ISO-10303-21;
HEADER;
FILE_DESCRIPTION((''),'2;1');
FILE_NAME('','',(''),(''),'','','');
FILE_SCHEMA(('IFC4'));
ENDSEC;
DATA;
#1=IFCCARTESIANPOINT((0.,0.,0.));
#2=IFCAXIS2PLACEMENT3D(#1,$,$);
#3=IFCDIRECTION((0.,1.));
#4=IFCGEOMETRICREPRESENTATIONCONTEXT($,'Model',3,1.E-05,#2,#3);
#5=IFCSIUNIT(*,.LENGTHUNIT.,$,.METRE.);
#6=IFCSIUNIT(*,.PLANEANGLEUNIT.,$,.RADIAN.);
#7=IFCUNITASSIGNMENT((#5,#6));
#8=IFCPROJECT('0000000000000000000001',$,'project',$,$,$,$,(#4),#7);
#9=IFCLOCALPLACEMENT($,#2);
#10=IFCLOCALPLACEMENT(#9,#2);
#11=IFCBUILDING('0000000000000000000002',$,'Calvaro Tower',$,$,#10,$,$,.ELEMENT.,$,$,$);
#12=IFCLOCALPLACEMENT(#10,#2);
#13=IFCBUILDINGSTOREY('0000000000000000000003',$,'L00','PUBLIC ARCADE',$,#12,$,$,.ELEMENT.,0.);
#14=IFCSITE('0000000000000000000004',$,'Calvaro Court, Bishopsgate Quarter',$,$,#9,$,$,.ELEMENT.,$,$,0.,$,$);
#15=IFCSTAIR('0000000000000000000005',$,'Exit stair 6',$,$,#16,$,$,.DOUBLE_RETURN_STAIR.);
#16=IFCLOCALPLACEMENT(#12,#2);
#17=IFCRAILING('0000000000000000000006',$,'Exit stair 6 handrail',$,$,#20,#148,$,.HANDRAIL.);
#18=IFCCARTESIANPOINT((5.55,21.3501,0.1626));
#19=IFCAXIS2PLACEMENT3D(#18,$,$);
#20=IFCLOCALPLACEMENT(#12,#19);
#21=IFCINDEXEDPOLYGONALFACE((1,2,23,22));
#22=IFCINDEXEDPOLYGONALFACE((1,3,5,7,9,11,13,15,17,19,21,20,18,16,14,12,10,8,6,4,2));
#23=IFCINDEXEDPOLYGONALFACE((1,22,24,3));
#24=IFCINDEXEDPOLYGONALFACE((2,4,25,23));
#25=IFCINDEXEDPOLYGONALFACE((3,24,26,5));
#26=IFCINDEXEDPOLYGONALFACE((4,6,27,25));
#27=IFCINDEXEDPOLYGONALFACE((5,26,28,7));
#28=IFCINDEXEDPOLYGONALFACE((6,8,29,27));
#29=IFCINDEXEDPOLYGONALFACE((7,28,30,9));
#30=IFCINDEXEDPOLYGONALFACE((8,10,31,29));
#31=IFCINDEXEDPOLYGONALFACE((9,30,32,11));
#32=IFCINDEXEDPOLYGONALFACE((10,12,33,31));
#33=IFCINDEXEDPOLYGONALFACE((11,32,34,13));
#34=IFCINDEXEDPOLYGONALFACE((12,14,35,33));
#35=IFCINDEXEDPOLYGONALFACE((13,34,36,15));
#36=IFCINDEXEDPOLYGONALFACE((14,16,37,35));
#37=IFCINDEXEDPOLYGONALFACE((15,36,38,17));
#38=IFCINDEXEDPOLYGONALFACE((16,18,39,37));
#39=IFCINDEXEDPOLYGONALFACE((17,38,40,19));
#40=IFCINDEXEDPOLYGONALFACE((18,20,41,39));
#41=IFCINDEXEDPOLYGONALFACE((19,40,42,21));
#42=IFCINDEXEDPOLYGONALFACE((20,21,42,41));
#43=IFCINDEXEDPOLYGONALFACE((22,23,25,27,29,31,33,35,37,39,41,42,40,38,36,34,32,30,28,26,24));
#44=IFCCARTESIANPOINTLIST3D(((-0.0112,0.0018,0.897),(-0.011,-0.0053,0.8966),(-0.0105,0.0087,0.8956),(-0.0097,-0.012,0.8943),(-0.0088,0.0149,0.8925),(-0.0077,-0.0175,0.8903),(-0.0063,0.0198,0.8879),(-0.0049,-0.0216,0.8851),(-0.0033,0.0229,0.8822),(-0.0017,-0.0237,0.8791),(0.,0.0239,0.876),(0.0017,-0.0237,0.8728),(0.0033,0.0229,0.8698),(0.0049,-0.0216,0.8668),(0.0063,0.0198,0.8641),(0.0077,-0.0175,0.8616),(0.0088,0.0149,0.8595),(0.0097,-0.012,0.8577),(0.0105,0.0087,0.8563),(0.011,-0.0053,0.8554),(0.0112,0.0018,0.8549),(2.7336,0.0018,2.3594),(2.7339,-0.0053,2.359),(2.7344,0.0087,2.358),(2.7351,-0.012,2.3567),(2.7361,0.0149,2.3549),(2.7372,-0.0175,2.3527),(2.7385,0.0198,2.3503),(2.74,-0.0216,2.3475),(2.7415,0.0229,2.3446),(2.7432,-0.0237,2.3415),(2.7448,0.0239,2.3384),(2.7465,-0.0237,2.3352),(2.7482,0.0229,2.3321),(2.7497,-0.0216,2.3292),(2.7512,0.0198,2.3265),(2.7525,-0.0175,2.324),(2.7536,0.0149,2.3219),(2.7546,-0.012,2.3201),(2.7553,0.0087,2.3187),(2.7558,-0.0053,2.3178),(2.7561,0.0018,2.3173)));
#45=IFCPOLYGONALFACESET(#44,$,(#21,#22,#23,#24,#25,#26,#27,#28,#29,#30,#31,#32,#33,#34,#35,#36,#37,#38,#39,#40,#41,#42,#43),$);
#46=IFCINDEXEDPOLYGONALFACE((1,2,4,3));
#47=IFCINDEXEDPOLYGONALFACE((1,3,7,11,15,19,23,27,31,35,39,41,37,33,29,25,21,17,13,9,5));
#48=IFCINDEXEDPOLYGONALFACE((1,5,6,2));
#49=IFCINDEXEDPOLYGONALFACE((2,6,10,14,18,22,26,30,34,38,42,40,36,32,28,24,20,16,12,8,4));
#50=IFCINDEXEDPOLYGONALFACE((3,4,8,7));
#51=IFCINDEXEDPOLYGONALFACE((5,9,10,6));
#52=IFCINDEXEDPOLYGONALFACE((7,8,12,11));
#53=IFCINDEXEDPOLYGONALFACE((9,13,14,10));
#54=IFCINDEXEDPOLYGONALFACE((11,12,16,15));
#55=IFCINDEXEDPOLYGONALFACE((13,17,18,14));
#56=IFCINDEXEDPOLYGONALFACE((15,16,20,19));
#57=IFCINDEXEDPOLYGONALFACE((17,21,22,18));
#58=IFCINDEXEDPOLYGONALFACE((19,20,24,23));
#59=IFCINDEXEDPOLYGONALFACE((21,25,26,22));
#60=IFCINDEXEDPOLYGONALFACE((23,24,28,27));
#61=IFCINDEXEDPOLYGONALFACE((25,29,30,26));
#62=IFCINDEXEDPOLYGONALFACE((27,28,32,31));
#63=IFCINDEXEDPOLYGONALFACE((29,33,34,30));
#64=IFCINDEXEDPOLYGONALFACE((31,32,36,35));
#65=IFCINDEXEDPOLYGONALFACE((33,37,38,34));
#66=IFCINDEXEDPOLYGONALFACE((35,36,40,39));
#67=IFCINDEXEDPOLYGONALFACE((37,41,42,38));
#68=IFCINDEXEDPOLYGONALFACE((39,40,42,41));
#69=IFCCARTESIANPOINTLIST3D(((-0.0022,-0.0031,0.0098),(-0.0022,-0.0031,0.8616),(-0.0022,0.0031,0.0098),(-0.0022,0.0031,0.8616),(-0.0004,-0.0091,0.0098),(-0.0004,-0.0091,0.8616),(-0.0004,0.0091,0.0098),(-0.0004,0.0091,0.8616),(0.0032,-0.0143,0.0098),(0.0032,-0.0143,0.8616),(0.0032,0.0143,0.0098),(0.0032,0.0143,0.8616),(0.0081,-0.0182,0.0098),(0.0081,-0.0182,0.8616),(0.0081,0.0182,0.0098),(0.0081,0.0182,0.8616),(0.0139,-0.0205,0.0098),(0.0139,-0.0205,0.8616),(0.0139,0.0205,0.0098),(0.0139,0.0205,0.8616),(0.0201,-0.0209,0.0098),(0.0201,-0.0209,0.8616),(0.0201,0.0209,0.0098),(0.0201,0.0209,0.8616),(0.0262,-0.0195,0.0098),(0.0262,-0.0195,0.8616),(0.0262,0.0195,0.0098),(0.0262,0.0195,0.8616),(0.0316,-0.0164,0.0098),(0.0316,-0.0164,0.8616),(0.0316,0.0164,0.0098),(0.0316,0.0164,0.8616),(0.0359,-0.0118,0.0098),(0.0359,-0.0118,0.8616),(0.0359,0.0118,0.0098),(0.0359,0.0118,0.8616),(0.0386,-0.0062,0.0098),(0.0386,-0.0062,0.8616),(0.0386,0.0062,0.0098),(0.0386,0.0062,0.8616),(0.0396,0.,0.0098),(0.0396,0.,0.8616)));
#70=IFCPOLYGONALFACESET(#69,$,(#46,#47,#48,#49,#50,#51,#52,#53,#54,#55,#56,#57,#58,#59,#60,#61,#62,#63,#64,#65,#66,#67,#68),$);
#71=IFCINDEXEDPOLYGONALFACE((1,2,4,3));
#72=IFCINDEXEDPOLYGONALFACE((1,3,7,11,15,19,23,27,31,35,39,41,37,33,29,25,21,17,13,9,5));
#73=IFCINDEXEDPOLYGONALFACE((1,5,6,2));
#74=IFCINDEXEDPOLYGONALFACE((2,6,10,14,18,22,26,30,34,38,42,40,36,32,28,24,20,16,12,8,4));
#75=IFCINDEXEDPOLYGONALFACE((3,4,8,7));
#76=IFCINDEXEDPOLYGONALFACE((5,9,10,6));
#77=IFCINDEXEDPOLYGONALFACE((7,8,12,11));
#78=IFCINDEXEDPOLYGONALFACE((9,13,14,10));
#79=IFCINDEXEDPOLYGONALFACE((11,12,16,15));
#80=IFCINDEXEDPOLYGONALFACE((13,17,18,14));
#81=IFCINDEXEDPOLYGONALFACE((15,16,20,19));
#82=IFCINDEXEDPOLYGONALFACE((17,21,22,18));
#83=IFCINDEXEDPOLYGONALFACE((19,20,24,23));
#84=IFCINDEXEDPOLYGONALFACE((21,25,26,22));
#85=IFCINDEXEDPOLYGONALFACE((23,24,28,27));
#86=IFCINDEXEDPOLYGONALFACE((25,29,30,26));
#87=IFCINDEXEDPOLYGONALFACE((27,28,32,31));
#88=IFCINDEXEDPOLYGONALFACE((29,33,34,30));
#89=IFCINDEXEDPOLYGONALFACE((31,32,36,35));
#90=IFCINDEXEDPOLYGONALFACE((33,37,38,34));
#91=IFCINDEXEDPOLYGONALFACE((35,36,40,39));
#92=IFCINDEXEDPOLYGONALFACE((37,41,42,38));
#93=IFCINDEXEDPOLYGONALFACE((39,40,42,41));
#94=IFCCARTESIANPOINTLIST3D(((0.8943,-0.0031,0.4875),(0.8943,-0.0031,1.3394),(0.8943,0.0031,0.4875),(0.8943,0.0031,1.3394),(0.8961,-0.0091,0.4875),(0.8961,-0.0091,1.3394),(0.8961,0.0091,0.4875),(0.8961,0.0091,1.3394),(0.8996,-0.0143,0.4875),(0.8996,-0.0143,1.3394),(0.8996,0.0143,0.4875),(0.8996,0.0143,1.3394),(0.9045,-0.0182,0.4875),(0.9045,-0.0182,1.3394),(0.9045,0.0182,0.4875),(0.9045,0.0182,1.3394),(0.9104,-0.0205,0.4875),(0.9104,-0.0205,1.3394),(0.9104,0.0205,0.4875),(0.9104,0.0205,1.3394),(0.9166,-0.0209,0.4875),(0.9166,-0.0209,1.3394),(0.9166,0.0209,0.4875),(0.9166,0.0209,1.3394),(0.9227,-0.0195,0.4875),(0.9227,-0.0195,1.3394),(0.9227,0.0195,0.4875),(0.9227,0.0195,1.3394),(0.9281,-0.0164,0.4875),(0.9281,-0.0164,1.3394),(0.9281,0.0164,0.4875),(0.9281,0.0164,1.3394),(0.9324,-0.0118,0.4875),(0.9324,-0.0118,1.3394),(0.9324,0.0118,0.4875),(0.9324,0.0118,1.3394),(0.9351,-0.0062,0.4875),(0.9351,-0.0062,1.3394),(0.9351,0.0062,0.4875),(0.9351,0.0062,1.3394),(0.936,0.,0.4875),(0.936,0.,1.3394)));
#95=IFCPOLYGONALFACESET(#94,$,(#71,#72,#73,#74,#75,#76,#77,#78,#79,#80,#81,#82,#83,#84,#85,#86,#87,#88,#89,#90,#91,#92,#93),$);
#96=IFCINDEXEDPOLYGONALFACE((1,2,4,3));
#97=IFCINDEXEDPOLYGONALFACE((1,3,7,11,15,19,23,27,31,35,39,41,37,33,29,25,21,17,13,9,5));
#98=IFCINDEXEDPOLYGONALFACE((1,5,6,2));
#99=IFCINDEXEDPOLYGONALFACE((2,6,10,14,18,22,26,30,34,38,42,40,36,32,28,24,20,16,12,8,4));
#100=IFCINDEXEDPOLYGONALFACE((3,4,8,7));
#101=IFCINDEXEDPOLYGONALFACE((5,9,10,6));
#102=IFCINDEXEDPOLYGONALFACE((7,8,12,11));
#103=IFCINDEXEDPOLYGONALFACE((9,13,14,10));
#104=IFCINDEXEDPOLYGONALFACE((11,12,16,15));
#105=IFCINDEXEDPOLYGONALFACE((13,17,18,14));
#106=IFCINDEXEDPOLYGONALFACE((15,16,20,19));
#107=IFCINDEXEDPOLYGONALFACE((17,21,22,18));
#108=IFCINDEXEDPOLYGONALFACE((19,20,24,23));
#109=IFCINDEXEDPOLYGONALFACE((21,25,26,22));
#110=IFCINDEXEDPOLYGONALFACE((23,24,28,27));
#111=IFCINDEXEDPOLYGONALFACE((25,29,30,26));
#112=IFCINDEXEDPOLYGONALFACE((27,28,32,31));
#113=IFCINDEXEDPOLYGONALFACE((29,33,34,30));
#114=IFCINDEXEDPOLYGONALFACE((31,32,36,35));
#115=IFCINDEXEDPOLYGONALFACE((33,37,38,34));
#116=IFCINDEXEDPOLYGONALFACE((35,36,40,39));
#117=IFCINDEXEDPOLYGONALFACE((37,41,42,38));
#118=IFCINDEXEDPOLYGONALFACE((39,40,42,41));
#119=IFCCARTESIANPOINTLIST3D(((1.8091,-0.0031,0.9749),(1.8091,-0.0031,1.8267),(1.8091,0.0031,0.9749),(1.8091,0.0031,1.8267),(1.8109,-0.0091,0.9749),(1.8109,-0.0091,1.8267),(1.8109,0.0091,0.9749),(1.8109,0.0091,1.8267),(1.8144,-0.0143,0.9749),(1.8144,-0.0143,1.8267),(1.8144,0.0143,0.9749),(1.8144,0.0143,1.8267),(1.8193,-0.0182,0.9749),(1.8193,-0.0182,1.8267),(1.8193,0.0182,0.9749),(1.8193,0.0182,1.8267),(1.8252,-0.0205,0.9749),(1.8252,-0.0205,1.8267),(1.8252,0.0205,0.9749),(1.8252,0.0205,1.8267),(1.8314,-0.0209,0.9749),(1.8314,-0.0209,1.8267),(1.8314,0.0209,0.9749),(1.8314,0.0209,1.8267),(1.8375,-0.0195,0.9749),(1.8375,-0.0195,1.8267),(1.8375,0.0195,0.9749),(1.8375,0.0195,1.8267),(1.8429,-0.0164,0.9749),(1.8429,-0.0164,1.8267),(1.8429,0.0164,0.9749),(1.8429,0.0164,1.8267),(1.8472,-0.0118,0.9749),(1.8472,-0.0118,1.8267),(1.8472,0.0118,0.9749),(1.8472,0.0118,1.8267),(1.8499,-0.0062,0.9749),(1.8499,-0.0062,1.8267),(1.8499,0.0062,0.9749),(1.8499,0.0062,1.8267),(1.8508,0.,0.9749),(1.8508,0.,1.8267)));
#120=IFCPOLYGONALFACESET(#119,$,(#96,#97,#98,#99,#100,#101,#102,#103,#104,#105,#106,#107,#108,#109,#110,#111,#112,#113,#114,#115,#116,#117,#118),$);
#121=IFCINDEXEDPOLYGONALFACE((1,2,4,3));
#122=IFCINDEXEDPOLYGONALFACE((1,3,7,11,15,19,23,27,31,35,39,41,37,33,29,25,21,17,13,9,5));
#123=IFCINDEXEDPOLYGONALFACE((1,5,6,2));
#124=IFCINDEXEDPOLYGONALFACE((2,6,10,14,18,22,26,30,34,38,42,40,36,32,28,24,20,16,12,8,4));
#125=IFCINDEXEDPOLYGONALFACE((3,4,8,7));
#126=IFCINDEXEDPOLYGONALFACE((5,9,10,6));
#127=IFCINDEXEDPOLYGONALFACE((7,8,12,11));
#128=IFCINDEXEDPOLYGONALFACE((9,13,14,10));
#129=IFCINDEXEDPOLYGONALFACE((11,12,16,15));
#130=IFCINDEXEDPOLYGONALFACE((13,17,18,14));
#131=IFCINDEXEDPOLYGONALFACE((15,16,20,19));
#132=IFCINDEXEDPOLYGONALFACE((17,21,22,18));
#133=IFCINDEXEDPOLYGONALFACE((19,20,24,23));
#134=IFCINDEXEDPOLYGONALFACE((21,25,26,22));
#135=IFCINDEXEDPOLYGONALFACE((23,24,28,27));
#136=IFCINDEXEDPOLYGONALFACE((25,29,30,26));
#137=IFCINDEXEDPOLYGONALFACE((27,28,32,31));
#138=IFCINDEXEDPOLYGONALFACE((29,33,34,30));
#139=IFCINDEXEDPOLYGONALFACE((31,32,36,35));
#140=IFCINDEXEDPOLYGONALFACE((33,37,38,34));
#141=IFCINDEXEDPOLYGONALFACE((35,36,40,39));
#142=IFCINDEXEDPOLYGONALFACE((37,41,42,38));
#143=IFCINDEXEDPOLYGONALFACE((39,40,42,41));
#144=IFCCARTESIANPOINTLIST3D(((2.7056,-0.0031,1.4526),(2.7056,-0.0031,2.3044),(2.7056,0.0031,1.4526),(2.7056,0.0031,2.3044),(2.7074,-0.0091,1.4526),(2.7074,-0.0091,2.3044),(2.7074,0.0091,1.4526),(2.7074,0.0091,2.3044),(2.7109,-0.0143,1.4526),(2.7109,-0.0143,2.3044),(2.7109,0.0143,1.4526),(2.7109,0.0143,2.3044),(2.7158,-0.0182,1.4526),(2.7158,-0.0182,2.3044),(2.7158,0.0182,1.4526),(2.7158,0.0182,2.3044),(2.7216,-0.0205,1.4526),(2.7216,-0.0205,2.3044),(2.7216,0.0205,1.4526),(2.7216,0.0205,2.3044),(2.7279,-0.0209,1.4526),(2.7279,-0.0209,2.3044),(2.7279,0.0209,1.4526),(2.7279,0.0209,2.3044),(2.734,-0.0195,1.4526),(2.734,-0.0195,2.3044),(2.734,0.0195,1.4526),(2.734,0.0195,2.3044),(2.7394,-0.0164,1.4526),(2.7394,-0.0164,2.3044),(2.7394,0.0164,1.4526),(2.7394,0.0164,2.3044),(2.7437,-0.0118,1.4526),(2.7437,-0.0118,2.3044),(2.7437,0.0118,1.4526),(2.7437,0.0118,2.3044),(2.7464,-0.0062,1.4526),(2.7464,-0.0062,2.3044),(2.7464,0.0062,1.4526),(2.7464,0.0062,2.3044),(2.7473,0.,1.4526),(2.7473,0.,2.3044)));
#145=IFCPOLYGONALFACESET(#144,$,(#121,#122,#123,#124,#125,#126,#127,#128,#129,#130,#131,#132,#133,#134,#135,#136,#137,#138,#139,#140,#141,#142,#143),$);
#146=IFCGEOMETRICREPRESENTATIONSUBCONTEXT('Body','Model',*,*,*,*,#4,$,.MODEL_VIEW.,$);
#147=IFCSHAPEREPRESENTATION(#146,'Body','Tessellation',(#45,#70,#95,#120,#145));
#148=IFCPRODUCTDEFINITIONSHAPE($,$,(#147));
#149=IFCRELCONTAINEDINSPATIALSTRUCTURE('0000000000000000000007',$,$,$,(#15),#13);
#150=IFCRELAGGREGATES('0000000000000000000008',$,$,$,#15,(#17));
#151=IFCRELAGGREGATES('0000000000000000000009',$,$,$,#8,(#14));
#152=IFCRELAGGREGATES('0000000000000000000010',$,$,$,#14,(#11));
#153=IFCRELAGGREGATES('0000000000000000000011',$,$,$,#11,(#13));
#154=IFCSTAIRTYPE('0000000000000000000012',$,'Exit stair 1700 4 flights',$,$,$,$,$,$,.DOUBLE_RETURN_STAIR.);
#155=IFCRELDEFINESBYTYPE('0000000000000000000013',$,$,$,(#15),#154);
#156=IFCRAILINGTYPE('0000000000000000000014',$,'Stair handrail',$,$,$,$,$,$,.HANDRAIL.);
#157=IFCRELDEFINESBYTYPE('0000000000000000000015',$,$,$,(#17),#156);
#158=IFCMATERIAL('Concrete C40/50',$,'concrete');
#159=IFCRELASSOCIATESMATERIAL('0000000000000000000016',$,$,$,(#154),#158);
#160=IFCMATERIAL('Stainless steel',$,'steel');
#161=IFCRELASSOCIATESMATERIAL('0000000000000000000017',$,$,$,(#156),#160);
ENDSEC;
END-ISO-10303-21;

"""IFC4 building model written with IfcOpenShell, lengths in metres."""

from ifc_helpers import new_model, si_unit, direction, frame, origin, origin_2d, place, context, subcontext, project, spatial, circle, extrude, material, type_object, element, aggregate, save


model = new_model("IFC4")

# Units and contexts
model_context = context("Model", 3, precision=1e-05, world=origin(), true_north=direction((0.0, 1.0)))
body_context = subcontext(model_context, "Body", "Model", "MODEL_VIEW")
ifc_project = project(units=[si_unit("LENGTHUNIT", "METRE"), si_unit("PLANEANGLEUNIT", "RADIAN")], contexts=[model_context])

# Site, building, storey
site_placement = place(None, origin())
site = spatial("IfcSite", under=ifc_project, at=site_placement, Name="Calvaro Court, Bishopsgate Quarter", CompositionType="ELEMENT", RefElevation=0.0)
building_placement = place(site_placement, origin())
building = spatial("IfcBuilding", under=site, at=building_placement, Name="Calvaro Tower", CompositionType="ELEMENT")
storey_placement = place(building_placement, origin())
storey = spatial("IfcBuildingStorey", under=building, at=storey_placement, Name="L00", Description="PUBLIC ARCADE", CompositionType="ELEMENT", Elevation=0.0)

# Stair, railing
ifc_material_1 = material(Name="Concrete C40/50", Category="concrete")
stair_type = type_object("IfcStairType", Name="Exit stair 1700 4 flights", PredefinedType="DOUBLE_RETURN_STAIR", material=ifc_material_1)
stair_placement = place(storey_placement, origin())
stair = element("IfcStair", 1, at=stair_placement, inside=storey, type_object=stair_type, Name="Exit stair 6", PredefinedType="DOUBLE_RETURN_STAIR")
ifc_material_2 = material(Name="Stainless steel", Category="steel")
railing_type = type_object("IfcRailingType", Name="Stair handrail", PredefinedType="HANDRAIL", material=ifc_material_2)
railing_1_placement = place(storey_placement, frame((5.55, 21.3501, 0.1626)))
railing_1 = element("IfcRailing", 2, at=railing_1_placement, type_object=railing_type, Name="Exit stair 6 handrail", PredefinedType="HANDRAIL", context=body_context, shape_type="SweptSolid", body=[
    extrude(circle(Radius=0.0239, at=origin_2d()), frame((0.0, 0.0, 0.876), z_axis=(0.882557, 0.0, 0.470205), x_axis=(0.0, 1.0, 0.0)), (0.0, 0.0, 1.0), 3.1101),
    extrude(circle(Radius=0.021, at=origin_2d()), frame((0.0186, 0.0, 0.0098)), (0.0, 0.0, 1.0), 0.8518),
    extrude(circle(Radius=0.021, at=origin_2d()), frame((0.915, 0.0, 0.4875)), (0.0, 0.0, 1.0), 0.8518),
    extrude(circle(Radius=0.021, at=origin_2d()), frame((1.8298, 0.0, 0.9749)), (0.0, 0.0, 1.0), 0.8518),
    extrude(circle(Radius=0.021, at=origin_2d()), frame((2.7263, 0.0, 1.4526)), (0.0, 0.0, 1.0), 0.8518),
])
aggregate(stair, [railing_1])

save(model, "model.ifc")
